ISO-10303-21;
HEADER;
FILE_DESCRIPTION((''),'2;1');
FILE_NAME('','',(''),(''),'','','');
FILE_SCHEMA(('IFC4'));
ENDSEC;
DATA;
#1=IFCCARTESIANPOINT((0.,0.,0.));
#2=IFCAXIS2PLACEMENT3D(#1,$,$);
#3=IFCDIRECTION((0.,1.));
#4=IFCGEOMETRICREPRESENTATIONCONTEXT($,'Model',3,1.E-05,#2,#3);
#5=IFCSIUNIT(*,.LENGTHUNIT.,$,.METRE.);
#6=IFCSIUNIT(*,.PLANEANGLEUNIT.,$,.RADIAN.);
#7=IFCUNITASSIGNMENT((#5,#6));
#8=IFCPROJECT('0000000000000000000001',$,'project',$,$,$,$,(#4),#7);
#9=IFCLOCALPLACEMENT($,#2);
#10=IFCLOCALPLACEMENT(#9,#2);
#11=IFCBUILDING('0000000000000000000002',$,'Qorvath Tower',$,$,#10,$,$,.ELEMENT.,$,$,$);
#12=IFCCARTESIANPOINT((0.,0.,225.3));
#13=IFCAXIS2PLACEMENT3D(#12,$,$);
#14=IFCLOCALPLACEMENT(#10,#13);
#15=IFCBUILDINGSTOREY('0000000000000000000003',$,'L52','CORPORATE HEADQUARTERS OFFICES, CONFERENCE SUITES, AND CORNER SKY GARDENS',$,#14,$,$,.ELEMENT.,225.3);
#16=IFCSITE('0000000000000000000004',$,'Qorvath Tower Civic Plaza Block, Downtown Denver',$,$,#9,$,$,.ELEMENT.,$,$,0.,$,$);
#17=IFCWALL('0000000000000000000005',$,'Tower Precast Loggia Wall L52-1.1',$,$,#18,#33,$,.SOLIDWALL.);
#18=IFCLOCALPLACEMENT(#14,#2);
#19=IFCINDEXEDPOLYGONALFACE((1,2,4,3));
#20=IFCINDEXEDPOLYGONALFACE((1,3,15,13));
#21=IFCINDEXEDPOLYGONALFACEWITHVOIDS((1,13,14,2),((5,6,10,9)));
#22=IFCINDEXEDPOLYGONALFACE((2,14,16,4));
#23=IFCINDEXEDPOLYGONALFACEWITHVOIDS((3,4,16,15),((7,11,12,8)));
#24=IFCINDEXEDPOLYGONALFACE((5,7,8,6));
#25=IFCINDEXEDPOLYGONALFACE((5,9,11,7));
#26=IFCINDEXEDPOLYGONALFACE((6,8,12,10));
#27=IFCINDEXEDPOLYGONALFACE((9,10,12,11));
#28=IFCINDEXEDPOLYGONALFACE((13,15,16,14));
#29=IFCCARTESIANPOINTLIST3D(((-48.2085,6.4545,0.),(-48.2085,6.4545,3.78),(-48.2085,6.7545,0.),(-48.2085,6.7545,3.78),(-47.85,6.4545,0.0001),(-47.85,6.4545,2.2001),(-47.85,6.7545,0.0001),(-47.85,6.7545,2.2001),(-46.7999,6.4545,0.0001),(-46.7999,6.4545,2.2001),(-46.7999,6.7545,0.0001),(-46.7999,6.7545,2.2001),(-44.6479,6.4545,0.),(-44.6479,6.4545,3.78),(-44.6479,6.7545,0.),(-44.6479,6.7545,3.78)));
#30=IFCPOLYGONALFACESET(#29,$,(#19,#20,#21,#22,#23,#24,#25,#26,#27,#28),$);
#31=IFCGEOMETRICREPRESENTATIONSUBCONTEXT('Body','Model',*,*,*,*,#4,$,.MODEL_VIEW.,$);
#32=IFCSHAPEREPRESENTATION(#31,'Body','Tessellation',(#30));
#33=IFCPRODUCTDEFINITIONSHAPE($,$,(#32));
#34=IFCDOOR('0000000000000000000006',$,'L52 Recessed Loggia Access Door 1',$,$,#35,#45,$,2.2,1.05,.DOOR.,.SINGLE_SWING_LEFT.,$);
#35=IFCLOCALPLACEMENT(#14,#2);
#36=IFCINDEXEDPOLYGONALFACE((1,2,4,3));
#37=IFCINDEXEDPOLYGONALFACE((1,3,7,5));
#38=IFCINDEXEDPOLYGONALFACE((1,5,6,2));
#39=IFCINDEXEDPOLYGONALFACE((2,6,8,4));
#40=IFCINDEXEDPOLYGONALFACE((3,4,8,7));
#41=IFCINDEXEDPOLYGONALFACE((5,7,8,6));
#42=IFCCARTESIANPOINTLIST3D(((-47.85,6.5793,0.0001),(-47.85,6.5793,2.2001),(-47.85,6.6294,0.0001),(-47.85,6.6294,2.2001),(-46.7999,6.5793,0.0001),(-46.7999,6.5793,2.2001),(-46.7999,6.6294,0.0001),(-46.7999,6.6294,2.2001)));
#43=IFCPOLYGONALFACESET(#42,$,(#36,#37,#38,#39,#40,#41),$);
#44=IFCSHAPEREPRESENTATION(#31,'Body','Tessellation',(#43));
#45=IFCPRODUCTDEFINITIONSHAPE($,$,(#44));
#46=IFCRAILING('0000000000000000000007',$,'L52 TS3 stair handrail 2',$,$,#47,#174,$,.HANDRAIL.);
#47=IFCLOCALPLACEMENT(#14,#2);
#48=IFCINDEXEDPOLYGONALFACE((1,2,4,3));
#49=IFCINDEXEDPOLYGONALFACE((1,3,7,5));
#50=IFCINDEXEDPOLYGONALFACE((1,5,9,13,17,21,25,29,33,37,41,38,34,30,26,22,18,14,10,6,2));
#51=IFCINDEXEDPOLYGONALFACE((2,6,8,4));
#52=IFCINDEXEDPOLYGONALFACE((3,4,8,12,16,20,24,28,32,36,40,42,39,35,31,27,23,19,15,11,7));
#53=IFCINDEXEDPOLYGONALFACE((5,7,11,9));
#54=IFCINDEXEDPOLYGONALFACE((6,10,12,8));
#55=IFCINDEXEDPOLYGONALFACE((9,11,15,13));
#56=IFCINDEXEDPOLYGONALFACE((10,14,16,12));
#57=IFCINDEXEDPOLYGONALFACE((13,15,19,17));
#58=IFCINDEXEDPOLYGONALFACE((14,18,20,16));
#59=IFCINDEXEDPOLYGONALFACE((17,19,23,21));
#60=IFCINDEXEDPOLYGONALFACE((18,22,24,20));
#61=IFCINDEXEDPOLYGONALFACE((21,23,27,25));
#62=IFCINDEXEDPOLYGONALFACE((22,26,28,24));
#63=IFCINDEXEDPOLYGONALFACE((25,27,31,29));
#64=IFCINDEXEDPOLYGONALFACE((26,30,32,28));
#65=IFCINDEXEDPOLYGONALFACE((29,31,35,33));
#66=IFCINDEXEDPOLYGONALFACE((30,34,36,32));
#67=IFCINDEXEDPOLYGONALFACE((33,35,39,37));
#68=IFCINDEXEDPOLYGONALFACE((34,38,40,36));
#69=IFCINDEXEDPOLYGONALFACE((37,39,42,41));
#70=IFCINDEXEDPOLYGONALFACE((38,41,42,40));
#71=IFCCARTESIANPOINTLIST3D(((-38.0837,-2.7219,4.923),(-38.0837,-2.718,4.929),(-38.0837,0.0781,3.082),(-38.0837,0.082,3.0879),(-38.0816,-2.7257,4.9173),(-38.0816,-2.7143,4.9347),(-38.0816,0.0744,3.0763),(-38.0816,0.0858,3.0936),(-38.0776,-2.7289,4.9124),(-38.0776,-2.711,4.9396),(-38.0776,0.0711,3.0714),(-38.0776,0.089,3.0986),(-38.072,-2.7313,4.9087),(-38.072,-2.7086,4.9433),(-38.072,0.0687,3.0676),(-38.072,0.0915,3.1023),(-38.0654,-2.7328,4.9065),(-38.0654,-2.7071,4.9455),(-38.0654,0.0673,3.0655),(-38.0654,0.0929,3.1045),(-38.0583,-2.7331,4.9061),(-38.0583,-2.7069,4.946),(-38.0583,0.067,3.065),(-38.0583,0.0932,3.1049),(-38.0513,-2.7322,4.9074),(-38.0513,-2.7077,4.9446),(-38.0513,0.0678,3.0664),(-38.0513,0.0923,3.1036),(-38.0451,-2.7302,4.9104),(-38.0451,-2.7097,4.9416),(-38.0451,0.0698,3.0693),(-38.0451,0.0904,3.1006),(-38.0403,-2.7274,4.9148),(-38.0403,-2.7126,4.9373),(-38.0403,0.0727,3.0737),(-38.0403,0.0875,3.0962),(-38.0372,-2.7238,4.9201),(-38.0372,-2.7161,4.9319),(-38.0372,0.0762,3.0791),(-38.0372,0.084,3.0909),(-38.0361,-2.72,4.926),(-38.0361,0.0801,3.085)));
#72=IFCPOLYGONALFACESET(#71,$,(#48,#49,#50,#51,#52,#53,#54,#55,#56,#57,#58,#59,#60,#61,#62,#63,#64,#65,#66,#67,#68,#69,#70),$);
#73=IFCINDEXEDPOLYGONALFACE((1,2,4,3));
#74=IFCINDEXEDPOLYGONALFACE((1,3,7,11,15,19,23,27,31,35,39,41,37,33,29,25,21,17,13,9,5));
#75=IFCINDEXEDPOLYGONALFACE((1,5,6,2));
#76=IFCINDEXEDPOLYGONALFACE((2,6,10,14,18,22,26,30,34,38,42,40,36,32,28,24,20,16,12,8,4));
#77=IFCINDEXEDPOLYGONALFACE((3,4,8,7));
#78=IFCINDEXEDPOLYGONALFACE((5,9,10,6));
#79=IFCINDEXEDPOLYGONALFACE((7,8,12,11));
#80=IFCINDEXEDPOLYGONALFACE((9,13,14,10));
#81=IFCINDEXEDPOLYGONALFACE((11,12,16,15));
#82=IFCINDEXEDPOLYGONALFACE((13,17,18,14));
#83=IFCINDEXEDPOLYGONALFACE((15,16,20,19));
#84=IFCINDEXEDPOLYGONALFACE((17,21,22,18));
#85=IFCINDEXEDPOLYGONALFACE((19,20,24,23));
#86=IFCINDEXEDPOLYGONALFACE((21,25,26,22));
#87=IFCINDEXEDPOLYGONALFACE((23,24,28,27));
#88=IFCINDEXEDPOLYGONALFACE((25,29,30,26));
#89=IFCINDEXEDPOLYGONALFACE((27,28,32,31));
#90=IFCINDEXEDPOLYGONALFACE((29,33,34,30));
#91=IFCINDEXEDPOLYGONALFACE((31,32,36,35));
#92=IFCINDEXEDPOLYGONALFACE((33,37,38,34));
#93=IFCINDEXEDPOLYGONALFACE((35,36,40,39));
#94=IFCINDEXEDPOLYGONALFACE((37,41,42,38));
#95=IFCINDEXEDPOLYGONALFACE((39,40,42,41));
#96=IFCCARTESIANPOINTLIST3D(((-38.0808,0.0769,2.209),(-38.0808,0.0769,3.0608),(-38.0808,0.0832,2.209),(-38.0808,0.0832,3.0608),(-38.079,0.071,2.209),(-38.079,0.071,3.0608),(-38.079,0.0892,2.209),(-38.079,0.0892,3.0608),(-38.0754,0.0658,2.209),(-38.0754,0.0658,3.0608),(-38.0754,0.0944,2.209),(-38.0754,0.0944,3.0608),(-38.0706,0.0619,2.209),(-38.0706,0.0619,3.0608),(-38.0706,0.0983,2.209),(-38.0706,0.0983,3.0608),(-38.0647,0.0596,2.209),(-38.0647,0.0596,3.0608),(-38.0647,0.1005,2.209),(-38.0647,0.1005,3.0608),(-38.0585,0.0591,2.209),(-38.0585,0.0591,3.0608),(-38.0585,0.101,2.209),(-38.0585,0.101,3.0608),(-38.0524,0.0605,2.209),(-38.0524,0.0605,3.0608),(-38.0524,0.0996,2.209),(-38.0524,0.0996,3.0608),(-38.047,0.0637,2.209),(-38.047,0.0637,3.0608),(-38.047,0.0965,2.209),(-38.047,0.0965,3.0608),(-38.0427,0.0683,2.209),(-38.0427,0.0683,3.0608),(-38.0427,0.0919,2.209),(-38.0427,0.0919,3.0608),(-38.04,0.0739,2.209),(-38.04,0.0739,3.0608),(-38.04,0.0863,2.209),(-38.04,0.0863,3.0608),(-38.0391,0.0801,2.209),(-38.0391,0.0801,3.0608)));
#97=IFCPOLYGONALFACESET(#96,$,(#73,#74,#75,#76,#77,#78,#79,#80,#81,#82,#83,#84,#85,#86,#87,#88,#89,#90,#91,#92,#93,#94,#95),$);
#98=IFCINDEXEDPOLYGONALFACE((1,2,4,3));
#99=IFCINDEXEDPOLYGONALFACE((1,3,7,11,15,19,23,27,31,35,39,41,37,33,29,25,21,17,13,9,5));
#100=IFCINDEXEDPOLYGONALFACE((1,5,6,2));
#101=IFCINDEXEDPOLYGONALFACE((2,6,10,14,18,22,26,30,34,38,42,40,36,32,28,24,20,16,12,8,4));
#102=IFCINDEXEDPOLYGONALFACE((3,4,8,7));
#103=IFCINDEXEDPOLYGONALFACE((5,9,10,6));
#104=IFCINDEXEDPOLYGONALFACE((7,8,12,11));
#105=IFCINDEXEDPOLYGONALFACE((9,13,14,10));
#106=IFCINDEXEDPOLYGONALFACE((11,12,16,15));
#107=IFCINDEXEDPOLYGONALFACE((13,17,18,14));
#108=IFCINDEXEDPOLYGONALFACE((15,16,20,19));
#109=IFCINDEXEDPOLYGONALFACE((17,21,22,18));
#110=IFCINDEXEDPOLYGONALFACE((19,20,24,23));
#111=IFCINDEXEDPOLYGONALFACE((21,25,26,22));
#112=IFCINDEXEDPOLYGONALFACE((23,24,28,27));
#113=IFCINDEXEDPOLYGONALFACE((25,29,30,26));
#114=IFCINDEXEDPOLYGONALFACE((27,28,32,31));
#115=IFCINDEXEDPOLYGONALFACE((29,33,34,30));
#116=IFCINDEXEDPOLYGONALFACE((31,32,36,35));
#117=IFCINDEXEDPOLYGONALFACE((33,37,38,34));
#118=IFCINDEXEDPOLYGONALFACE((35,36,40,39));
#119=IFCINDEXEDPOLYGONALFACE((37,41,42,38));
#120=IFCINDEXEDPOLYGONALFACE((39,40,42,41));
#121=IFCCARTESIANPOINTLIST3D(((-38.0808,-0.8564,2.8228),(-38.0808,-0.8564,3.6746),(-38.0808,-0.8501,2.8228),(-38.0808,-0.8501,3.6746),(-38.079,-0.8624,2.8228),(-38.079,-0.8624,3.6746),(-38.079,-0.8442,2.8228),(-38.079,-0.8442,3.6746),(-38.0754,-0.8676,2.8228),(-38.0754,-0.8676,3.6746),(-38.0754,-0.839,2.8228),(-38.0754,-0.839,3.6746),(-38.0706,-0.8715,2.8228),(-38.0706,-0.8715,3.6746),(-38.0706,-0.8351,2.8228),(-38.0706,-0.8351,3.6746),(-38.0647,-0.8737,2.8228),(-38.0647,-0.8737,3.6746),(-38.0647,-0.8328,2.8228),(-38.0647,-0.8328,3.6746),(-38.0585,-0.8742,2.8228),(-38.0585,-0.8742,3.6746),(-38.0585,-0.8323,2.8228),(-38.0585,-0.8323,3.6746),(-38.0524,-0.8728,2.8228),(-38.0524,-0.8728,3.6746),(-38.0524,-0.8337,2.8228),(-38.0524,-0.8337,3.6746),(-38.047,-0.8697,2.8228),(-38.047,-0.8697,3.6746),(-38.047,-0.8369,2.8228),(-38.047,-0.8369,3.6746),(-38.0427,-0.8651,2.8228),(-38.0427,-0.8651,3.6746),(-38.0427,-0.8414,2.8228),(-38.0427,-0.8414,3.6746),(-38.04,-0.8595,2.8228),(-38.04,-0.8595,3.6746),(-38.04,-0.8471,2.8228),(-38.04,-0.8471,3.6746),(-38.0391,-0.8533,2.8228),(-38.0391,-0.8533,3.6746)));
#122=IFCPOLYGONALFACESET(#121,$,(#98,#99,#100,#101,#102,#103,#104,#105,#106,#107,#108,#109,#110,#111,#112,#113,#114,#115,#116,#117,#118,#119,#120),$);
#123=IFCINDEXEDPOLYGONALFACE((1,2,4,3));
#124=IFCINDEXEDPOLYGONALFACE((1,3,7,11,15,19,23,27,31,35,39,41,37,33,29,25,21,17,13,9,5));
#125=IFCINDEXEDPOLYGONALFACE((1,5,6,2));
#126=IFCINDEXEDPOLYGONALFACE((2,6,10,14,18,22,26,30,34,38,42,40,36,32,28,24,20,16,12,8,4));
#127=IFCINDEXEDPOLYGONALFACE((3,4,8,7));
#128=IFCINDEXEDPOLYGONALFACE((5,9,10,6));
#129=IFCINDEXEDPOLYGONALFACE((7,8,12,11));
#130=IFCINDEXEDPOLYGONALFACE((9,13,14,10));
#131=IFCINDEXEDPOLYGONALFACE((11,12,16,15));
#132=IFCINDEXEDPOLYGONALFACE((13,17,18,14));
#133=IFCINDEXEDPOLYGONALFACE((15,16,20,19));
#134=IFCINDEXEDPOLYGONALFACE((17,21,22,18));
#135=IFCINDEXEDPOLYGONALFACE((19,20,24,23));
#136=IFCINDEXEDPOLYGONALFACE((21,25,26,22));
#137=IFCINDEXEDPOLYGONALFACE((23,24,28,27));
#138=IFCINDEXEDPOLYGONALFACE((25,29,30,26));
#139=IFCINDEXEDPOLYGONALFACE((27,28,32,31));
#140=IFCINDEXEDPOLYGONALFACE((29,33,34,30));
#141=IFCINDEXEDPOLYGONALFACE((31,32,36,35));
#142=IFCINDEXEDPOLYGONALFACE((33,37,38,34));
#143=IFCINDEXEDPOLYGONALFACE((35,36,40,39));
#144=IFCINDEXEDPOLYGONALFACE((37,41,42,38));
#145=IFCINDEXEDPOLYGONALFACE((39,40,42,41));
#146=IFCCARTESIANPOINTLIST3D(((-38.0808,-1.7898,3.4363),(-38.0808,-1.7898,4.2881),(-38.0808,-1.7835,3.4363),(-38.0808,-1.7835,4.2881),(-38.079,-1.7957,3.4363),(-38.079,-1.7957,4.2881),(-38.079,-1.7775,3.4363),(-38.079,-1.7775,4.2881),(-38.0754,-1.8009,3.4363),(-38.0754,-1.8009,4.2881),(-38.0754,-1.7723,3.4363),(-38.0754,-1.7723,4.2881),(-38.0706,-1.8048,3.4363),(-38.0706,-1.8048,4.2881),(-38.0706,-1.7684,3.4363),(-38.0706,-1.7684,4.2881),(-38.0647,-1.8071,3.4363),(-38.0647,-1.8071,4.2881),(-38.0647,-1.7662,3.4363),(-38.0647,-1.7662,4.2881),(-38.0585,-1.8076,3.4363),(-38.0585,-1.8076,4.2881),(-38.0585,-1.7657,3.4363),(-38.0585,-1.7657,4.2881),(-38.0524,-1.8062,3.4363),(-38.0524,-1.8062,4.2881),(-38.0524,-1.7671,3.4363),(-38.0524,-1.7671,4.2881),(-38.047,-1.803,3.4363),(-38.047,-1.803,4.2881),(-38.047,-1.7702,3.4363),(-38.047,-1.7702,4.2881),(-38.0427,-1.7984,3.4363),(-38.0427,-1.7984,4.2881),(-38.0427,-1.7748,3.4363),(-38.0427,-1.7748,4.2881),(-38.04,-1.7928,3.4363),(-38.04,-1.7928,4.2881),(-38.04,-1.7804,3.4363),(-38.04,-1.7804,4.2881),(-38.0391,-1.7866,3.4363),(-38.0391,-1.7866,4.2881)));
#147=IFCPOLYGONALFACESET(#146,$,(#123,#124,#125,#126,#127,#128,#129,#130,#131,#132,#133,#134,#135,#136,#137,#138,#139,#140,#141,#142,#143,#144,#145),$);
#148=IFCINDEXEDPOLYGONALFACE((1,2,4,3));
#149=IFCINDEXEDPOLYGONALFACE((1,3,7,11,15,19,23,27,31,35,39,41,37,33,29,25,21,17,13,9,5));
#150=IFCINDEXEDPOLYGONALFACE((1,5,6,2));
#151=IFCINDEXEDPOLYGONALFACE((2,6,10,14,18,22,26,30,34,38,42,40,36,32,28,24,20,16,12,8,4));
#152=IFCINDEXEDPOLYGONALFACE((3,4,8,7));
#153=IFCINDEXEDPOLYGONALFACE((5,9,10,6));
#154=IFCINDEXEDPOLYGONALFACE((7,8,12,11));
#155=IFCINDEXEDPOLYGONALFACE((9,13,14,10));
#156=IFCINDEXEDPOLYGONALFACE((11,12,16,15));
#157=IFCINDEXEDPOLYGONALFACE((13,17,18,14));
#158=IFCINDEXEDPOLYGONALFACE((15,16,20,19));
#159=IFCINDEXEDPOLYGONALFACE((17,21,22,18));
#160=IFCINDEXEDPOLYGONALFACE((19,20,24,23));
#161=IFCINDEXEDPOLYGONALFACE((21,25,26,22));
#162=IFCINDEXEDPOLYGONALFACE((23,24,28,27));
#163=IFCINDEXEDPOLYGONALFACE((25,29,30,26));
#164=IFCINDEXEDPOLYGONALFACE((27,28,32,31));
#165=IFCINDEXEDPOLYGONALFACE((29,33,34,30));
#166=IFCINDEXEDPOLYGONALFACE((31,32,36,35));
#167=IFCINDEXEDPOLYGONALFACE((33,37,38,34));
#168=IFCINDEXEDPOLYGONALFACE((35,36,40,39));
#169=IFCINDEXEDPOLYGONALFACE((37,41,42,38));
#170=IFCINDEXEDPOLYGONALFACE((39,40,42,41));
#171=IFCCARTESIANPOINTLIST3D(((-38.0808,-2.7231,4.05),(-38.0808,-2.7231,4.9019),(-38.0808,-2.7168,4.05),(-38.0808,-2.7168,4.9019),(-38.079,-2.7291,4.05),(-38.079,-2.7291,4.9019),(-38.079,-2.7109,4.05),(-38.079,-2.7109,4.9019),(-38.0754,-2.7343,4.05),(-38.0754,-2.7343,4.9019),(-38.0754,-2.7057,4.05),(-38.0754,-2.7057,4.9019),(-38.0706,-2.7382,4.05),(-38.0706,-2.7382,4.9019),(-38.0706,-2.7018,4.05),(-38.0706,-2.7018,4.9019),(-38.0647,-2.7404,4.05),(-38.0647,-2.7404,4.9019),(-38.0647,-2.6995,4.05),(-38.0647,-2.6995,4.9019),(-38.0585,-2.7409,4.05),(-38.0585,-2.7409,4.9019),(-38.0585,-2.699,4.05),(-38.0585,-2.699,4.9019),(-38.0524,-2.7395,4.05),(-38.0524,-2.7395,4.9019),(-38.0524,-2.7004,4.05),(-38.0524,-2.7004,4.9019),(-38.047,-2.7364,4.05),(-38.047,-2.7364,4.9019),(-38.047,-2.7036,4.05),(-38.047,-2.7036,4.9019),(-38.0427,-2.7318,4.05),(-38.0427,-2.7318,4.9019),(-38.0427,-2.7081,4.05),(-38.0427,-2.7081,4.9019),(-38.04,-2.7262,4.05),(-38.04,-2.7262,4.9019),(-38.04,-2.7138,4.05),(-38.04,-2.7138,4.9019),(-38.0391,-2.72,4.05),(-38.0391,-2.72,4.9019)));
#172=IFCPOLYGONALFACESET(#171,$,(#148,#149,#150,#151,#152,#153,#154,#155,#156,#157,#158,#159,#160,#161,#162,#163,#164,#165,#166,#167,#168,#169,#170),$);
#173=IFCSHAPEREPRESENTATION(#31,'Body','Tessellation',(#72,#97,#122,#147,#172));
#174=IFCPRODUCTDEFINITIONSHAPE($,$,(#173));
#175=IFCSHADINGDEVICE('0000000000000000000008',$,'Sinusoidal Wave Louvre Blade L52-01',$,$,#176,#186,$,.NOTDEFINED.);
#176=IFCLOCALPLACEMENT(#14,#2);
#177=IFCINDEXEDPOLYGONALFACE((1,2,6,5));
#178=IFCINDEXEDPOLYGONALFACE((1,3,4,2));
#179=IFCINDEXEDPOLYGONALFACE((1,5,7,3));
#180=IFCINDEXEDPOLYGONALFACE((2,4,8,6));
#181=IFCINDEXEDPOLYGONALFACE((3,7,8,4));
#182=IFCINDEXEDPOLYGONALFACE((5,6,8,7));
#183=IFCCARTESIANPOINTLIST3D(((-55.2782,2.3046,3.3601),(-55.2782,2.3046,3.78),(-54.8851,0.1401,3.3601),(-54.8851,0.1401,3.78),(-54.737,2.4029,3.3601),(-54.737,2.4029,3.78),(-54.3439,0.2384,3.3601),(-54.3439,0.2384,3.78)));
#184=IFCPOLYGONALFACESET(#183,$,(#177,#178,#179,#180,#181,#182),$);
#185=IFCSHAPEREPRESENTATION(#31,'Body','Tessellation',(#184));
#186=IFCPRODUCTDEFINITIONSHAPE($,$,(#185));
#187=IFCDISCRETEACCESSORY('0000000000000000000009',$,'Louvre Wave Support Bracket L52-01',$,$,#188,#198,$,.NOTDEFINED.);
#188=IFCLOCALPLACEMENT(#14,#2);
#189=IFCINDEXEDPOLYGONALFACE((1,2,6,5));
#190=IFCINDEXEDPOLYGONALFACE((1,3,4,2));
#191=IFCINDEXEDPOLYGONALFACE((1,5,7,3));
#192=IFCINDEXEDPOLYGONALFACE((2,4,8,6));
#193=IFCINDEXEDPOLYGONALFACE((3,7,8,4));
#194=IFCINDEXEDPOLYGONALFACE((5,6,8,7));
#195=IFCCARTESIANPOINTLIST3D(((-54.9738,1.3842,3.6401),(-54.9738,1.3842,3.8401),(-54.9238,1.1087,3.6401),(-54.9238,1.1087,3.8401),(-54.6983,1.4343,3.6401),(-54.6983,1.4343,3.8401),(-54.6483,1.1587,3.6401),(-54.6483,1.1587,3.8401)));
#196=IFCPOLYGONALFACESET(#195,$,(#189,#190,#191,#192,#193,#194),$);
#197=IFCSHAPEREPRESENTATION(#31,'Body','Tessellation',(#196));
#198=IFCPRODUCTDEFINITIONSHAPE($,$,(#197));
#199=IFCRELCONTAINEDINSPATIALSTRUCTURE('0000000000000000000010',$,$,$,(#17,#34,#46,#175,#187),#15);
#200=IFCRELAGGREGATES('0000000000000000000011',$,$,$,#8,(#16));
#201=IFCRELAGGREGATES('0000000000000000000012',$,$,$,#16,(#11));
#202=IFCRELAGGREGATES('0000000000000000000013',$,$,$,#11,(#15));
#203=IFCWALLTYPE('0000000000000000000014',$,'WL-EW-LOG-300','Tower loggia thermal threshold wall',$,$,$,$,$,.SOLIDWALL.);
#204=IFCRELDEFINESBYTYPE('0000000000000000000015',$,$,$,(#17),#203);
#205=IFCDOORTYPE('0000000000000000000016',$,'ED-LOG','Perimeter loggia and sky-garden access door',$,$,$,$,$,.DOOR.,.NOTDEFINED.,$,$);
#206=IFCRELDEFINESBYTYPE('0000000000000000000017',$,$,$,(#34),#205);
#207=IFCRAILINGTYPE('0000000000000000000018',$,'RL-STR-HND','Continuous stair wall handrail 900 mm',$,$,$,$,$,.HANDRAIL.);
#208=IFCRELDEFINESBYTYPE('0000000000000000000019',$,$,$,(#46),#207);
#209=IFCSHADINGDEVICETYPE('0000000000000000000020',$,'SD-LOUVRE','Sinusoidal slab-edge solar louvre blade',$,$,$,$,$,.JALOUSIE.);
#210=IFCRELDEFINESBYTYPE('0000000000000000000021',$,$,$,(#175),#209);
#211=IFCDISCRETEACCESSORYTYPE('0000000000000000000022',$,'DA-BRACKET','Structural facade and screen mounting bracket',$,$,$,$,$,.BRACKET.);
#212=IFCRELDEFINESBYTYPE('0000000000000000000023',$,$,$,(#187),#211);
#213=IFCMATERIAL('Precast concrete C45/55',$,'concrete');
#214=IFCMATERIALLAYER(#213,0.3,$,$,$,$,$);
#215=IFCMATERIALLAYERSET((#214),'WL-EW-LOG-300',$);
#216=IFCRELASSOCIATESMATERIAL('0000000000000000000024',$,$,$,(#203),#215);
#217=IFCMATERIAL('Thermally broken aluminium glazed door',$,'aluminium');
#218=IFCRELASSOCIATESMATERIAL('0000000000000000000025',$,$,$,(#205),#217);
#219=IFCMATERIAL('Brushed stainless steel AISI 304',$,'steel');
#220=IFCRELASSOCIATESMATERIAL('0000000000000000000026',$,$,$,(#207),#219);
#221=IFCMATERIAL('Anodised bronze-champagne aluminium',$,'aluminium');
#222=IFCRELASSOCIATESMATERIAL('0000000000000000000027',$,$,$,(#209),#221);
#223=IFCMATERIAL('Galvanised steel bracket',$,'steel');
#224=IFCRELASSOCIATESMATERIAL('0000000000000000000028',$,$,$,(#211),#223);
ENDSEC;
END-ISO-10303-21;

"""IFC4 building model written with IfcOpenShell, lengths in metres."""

from ifc_helpers import new_model, si_unit, direction, frame, frame_2d, origin, origin_2d, place, context, subcontext, project, spatial, rectangle, circle, extrude, material, layer, layer_set, type_object, element, fill, save


model = new_model("IFC4")

# Units and contexts
model_context = context("Model", 3, precision=1e-05, world=origin(), true_north=direction((0.0, 1.0)))
body_context = subcontext(model_context, "Body", "Model", "MODEL_VIEW")
ifc_project = project(units=[si_unit("LENGTHUNIT", "METRE"), si_unit("PLANEANGLEUNIT", "RADIAN")], contexts=[model_context])

# Site, building, storey
site_placement = place(None, origin())
site = spatial("IfcSite", under=ifc_project, at=site_placement, Name="Qorvath Tower Civic Plaza Block, Downtown Denver", CompositionType="ELEMENT", RefElevation=0.0)
building_placement = place(site_placement, origin())
building = spatial("IfcBuilding", under=site, at=building_placement, Name="Qorvath Tower", CompositionType="ELEMENT")
storey_placement = place(building_placement, frame((0.0, 0.0, 225.3)))
storey = spatial("IfcBuildingStorey", under=building, at=storey_placement, Name="L52", Description="CORPORATE HEADQUARTERS OFFICES, CONFERENCE SUITES, AND CORNER SKY GARDENS", CompositionType="ELEMENT", Elevation=225.3)

# Wall, opening, door
ifc_material_1 = material(Name="Precast concrete C45/55", Category="concrete")
ifc_layer_1 = layer(ifc_material_1, 0.3)
ifc_layer_set_1 = layer_set([ifc_layer_1], Name="WL-EW-LOG-300")
wall_type_1 = type_object("IfcWallType", Name="WL-EW-LOG-300", Description="Tower loggia thermal threshold wall", PredefinedType="SOLIDWALL", material=ifc_layer_set_1)
wall_1_placement = place(storey_placement, frame((-48.2085, 6.6045, 0.0), z_axis=(0.0, 0.0, 1.0), x_axis=(1.0, 0.0, 0.0)))
wall_1 = element("IfcWall", 1, at=wall_1_placement, inside=storey, type_object=wall_type_1, Name="Tower Precast Loggia Wall L52-1.1", PredefinedType="SOLIDWALL", context=body_context, shape_type="SweptSolid", body=[
    extrude(rectangle(XDim=3.5605, YDim=0.3, at=frame_2d((1.7803, 0.0))), origin(), (0.0, 0.0, 1.0), 3.78),
])
opening_placement = place(wall_1_placement, frame((0.3586, 0.0, 0.0)))
opening = element("IfcOpeningElement", 2, at=opening_placement, cuts=wall_1, PredefinedType="OPENING", context=body_context, shape_type="SweptSolid", body=[
    extrude(rectangle(XDim=1.05, YDim=2.2, at=frame_2d((0.5249, 1.1001))), frame((0.0, 0.1602, 0.0), z_axis=(0.0, -1.0, 0.0), x_axis=(1.0, 0.0, 0.0)), (0.0, 0.0, 1.0), 0.3201),
])
ifc_material_2 = material(Name="Thermally broken aluminium glazed door", Category="aluminium")
door_type = type_object("IfcDoorType", Name="ED-LOG", Description="Perimeter loggia and sky-garden access door", OperationType="NOTDEFINED", PredefinedType="DOOR", material=ifc_material_2)
door_placement = place(opening_placement, origin())
door = element("IfcDoor", 3, at=door_placement, inside=storey, type_object=door_type, Name="L52 Recessed Loggia Access Door 1", OperationType="SINGLE_SWING_LEFT", OverallHeight=2.2, OverallWidth=1.05, PredefinedType="DOOR", context=body_context, shape_type="SweptSolid", body=[
    extrude(rectangle(XDim=1.05, YDim=2.2, at=frame_2d((0.5249, 1.1001))), frame((0.0, 0.0249, 0.0), z_axis=(0.0, -1.0, 0.0), x_axis=(1.0, 0.0, 0.0)), (0.0, 0.0, 1.0), 0.05),
])
fill(opening, door)

# Railing
ifc_material_3 = material(Name="Brushed stainless steel AISI 304", Category="steel")
railing_type = type_object("IfcRailingType", Name="RL-STR-HND", Description="Continuous stair wall handrail 900 mm", PredefinedType="HANDRAIL", material=ifc_material_3)
railing_placement = place(storey_placement, frame((-38.0601, 0.0801, 2.209)))
element("IfcRailing", 4, at=railing_placement, inside=storey, type_object=railing_type, Name="L52 TS3 stair handrail 2", PredefinedType="HANDRAIL", context=body_context, shape_type="SweptSolid", body=[
    extrude(circle(Radius=0.0239, at=origin_2d()), frame((0.0, 0.0, 0.876), z_axis=(0.0, -0.835564, 0.549393), x_axis=(1.0, 0.0, 0.0)), (0.0, 0.0, 1.0), 3.3511),
    extrude(circle(Radius=0.021, at=origin_2d()), origin(), (0.0, 0.0, 1.0), 0.8518),
    extrude(circle(Radius=0.021, at=origin_2d()), frame((0.0, -0.9333, 0.6138)), (0.0, 0.0, 1.0), 0.8518),
    extrude(circle(Radius=0.021, at=origin_2d()), frame((0.0, -1.8667, 1.2273)), (0.0, 0.0, 1.0), 0.8518),
    extrude(circle(Radius=0.021, at=origin_2d()), frame((0.0, -2.8, 1.8411)), (0.0, 0.0, 1.0), 0.8518),
])

# Shading device
ifc_material_4 = material(Name="Anodised bronze-champagne aluminium", Category="aluminium")
shading_device_type = type_object("IfcShadingDeviceType", Name="SD-LOUVRE", Description="Sinusoidal slab-edge solar louvre blade", PredefinedType="JALOUSIE", material=ifc_material_4)
shading_device_placement = place(storey_placement, frame((-54.811, 1.2715, 3.3601), z_axis=(0.0, 0.0, 1.0), x_axis=(0.178706, -0.983903, 0.0)))
element("IfcShadingDevice", 5, at=shading_device_placement, inside=storey, type_object=shading_device_type, Name="Sinusoidal Wave Louvre Blade L52-01", PredefinedType="NOTDEFINED", context=body_context, shape_type="SweptSolid", body=[
    extrude(rectangle(XDim=2.2, YDim=0.55, at=origin_2d()), origin(), (0.0, 0.0, 1.0), 0.4199),
])

# Discrete accessory
ifc_material_5 = material(Name="Galvanised steel bracket", Category="steel")
discrete_accessory_type = type_object("IfcDiscreteAccessoryType", Name="DA-BRACKET", Description="Structural facade and screen mounting bracket", PredefinedType="BRACKET", material=ifc_material_5)
discrete_accessory_placement = place(storey_placement, frame((-54.811, 1.2715, 3.6401), z_axis=(0.0, 0.0, 1.0), x_axis=(0.178706, -0.983903, 0.0)))
element("IfcDiscreteAccessory", 6, at=discrete_accessory_placement, inside=storey, type_object=discrete_accessory_type, Name="Louvre Wave Support Bracket L52-01", PredefinedType="NOTDEFINED", context=body_context, shape_type="SweptSolid", body=[
    extrude(rectangle(XDim=0.28, YDim=0.28, at=origin_2d()), origin(), (0.0, 0.0, 1.0), 0.2),
])

save(model, "model.ifc")
